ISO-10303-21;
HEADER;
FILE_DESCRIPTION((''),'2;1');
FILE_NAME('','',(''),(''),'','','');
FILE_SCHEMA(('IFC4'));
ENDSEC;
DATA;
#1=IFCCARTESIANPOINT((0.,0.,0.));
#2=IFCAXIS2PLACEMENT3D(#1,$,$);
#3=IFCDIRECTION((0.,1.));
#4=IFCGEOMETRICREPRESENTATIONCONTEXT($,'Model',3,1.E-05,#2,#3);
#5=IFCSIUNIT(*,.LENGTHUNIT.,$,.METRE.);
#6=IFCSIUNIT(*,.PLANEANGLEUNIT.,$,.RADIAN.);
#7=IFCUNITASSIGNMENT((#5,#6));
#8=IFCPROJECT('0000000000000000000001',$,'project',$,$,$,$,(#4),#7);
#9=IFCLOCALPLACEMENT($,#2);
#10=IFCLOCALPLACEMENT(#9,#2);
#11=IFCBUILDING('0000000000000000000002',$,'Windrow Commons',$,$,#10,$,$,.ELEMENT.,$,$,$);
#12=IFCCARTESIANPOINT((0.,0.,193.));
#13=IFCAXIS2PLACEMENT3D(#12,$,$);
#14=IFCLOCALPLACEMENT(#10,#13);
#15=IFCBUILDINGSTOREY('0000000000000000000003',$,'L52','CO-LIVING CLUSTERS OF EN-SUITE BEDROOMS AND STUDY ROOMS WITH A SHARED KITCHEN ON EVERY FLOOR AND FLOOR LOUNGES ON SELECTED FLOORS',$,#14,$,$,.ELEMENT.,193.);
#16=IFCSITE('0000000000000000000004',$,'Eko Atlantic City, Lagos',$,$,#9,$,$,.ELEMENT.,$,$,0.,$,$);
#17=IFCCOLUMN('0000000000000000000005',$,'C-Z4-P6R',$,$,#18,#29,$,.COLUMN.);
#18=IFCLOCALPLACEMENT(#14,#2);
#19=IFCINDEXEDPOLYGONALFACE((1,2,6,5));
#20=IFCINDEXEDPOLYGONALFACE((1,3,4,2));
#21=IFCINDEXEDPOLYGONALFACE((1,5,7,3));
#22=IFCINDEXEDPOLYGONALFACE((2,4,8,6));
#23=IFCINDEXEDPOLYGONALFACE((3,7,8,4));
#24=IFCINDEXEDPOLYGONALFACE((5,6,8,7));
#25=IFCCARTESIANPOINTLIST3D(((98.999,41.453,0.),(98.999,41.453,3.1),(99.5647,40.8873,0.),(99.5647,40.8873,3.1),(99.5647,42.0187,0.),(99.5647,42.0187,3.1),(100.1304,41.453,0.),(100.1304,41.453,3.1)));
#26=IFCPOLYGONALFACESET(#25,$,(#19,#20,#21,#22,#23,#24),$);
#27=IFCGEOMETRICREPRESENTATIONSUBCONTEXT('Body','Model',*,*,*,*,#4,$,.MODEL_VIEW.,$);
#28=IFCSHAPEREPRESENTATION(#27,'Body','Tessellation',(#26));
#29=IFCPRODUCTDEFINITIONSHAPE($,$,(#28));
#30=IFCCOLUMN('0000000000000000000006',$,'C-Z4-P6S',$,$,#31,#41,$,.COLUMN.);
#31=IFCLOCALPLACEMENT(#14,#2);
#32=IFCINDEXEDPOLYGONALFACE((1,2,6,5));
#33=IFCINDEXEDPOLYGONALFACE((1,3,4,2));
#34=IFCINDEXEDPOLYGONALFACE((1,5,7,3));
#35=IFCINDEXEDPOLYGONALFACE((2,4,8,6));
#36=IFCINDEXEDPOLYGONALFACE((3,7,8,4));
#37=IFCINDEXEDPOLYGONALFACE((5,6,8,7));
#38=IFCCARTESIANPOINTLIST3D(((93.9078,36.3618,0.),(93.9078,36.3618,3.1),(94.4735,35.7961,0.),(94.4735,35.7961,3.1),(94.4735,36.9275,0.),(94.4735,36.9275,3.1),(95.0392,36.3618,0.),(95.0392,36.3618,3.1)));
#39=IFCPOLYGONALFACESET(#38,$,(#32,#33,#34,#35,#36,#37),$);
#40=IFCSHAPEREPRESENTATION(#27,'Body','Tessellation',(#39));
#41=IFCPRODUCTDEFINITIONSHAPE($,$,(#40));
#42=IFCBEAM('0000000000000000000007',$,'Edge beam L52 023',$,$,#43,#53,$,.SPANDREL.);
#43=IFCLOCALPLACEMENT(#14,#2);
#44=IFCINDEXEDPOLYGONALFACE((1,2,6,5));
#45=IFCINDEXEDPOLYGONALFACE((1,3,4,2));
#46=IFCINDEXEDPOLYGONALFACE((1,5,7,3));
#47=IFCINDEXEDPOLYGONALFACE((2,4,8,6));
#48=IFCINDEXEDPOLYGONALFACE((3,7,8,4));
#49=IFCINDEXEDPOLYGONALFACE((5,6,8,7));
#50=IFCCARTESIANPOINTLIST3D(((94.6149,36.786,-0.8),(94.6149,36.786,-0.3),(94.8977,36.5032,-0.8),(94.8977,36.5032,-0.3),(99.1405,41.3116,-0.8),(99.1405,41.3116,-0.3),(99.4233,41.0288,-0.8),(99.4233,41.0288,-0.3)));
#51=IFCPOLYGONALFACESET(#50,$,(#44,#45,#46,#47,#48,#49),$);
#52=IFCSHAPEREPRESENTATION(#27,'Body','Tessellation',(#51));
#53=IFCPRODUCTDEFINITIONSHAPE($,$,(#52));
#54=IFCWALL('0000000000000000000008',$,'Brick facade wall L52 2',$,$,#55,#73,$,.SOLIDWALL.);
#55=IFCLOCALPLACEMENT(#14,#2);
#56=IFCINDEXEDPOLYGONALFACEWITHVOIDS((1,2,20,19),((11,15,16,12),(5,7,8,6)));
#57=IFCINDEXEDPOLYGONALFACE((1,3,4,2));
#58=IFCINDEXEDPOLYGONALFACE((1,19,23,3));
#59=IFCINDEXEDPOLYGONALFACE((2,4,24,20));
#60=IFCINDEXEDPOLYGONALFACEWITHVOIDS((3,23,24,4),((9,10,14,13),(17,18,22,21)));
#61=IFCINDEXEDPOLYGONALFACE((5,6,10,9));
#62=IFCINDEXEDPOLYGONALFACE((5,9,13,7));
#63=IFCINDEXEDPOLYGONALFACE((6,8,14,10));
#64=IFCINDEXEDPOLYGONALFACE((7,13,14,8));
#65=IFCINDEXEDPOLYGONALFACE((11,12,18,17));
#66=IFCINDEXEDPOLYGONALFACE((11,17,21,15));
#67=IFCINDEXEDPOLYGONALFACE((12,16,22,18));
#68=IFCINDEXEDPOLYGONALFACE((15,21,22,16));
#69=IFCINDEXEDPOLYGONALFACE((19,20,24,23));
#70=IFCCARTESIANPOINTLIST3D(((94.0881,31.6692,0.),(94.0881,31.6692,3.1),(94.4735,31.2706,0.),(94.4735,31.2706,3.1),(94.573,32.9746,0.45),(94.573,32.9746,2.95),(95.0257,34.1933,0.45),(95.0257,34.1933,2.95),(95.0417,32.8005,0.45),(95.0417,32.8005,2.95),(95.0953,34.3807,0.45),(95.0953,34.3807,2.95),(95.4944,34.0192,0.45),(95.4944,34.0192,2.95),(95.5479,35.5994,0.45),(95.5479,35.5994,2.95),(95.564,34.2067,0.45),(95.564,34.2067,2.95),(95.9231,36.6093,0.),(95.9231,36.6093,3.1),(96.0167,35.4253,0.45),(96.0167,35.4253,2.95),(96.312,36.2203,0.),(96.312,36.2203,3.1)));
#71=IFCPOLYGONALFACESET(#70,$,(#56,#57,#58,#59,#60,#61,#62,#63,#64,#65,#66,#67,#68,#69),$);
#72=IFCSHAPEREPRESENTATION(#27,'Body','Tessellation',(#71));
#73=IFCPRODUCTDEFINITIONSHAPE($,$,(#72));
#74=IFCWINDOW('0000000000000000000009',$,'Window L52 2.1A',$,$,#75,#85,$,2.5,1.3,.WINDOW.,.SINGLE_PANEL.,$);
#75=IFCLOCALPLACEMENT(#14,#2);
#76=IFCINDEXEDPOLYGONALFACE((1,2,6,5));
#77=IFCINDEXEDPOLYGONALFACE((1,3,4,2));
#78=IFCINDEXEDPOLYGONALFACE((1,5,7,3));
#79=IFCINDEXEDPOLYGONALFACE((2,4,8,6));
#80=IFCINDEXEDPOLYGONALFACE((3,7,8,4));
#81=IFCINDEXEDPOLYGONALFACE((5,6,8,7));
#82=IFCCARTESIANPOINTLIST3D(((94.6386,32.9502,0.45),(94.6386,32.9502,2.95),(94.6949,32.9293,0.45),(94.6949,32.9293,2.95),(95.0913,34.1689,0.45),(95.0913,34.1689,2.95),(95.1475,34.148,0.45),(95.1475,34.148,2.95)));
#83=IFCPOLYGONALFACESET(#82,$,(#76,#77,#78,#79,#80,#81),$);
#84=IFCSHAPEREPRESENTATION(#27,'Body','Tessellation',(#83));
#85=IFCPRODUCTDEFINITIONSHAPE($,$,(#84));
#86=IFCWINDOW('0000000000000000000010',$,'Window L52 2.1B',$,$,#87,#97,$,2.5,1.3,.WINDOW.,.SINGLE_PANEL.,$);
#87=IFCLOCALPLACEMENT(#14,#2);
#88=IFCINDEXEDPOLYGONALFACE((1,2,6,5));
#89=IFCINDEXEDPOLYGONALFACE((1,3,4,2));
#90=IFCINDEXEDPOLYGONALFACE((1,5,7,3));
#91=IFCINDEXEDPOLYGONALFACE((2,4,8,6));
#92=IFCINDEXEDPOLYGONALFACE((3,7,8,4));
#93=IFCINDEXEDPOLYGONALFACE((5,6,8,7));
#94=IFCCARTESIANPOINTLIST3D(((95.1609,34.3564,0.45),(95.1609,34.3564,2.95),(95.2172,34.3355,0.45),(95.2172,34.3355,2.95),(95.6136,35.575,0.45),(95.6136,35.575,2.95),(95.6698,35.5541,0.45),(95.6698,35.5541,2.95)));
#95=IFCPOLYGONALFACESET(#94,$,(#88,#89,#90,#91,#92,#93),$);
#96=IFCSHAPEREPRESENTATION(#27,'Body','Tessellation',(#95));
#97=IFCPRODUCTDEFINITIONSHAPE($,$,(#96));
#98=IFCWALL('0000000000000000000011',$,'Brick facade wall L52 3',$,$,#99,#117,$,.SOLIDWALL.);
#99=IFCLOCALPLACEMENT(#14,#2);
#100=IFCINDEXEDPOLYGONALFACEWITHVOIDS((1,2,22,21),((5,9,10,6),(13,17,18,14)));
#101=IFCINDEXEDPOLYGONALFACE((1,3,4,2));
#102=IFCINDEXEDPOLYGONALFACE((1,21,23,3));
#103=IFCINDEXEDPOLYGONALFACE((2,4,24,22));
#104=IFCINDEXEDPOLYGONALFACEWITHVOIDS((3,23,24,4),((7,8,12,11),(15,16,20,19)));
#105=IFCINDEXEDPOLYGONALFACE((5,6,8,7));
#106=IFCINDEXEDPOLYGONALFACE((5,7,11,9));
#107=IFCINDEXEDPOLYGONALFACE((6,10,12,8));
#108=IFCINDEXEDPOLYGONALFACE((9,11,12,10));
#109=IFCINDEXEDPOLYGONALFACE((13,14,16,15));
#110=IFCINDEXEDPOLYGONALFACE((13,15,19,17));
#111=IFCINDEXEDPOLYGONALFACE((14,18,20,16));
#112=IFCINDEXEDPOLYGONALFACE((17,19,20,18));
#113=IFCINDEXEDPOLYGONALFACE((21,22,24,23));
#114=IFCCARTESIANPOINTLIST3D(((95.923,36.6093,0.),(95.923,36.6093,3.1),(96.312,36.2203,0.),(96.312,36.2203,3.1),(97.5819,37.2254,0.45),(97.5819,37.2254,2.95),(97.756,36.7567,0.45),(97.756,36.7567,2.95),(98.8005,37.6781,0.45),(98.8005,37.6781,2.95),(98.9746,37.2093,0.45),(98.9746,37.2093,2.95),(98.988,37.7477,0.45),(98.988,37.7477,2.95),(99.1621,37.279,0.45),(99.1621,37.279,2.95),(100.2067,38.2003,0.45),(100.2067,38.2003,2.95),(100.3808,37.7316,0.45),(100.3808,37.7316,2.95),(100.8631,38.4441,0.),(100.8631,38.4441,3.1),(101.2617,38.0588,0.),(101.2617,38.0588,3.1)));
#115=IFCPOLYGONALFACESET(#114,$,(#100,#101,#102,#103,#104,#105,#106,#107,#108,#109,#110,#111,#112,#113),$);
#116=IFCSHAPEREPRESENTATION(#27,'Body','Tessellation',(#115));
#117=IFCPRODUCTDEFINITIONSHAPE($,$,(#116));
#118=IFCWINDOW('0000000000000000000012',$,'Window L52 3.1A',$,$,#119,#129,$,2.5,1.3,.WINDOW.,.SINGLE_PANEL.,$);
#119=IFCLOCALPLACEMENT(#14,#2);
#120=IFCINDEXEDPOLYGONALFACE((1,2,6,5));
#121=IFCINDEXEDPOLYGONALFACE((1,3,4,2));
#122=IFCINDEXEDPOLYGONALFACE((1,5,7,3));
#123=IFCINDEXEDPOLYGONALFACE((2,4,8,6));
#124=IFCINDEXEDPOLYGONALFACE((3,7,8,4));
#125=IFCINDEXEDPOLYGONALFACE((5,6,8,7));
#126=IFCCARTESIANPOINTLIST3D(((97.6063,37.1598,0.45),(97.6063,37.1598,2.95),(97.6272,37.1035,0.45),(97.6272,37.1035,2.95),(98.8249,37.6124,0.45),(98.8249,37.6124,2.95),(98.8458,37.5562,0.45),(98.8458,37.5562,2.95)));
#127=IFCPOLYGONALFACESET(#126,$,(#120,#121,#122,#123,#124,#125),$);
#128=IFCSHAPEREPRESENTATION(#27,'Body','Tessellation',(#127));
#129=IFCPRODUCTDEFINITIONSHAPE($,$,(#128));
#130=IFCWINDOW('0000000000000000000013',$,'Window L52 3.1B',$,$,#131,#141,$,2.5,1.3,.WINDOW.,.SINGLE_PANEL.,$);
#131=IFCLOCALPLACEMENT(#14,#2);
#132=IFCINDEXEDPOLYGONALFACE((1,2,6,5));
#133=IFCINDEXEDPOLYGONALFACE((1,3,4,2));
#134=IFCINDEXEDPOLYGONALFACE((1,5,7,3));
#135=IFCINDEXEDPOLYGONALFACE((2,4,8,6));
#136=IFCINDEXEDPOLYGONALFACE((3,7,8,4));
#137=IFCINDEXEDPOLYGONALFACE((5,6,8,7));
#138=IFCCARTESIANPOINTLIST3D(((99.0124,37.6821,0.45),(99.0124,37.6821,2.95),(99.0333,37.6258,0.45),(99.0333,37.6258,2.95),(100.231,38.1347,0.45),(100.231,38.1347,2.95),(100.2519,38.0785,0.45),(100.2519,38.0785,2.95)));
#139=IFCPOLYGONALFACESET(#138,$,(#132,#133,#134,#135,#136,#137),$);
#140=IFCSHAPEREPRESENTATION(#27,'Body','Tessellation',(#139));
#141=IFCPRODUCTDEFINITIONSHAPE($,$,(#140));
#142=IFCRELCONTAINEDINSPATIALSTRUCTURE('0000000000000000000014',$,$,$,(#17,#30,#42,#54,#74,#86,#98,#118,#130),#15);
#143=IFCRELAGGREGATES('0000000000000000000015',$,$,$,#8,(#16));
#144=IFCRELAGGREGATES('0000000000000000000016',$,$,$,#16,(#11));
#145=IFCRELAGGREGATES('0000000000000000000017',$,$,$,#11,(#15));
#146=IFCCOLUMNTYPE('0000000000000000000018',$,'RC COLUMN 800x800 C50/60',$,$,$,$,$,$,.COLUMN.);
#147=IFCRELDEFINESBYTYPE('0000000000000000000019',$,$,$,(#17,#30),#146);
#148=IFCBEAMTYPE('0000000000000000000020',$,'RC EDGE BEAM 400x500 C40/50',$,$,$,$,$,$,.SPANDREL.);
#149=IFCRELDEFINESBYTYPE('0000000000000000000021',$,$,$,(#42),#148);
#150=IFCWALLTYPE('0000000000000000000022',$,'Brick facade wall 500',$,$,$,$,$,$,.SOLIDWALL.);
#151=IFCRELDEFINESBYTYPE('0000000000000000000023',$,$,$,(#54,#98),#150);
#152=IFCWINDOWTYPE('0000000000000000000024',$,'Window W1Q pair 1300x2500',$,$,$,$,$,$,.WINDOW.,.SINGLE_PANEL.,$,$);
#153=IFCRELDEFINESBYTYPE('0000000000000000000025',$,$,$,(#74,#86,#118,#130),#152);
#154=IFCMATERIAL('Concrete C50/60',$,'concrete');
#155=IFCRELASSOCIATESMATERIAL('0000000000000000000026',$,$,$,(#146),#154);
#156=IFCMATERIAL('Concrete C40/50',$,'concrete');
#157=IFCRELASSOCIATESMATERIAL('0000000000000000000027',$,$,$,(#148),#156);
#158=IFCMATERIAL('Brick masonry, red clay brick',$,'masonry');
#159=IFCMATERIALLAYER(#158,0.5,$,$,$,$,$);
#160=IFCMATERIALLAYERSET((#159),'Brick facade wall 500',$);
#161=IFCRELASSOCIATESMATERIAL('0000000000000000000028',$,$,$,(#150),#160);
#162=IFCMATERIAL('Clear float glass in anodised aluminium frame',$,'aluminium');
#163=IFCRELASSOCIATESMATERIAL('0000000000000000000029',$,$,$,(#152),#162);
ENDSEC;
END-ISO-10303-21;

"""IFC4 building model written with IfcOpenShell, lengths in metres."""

from ifc_helpers import new_model, si_unit, direction, frame, frame_2d, origin, origin_2d, place, context, subcontext, project, spatial, polyline, rectangle, outline, extrude, material, layer, layer_set, material_profile, profile_set, type_object, element, fill, save


model = new_model("IFC4")

# Units and contexts
model_context = context("Model", 3, precision=1e-05, world=origin(), true_north=direction((0.0, 1.0)))
body_context = subcontext(model_context, "Body", "Model", "MODEL_VIEW")
ifc_project = project(units=[si_unit("LENGTHUNIT", "METRE"), si_unit("PLANEANGLEUNIT", "RADIAN")], contexts=[model_context])

# Site, building, storey
site_placement = place(None, origin())
site = spatial("IfcSite", under=ifc_project, at=site_placement, Name="Eko Atlantic City, Lagos", CompositionType="ELEMENT", RefElevation=0.0)
building_placement = place(site_placement, origin())
building = spatial("IfcBuilding", under=site, at=building_placement, Name="Windrow Commons", CompositionType="ELEMENT")
storey_placement = place(building_placement, frame((0.0, 0.0, 193.0)))
storey = spatial("IfcBuildingStorey", under=building, at=storey_placement, Name="L52", Description="CO-LIVING CLUSTERS OF EN-SUITE BEDROOMS AND STUDY ROOMS WITH A SHARED KITCHEN ON EVERY FLOOR AND FLOOR LOUNGES ON SELECTED FLOORS", CompositionType="ELEMENT", Elevation=193.0)

# Columns
ifc_material_1 = material(Name="Concrete C50/60", Category="concrete")
ifc_material_profile_1 = material_profile(ifc_material_1, rectangle(XDim=0.8, YDim=0.8, at=origin_2d()))
ifc_profile_set_1 = profile_set([ifc_material_profile_1], Name="Concrete C50/60")
column_type = type_object("IfcColumnType", Name="RC COLUMN 800x800 C50/60", PredefinedType="COLUMN", material=ifc_profile_set_1)
for number, where, z_axis, x_axis, name in (
    (1, (99.5647, 41.453, 0.0), (0.0, 0.0, 1.0), (0.707107, -0.707107, 0.0), "C-Z4-P6R"),
    (2, (94.4735, 36.3618, 0.0), (0.0, 0.0, 1.0), (0.707107, -0.707107, 0.0), "C-Z4-P6S"),
):
    element("IfcColumn", number, at=place(storey_placement, frame(where, z_axis=z_axis, x_axis=x_axis)), inside=storey, type_object=column_type, Name=name, PredefinedType="COLUMN", context=body_context, shape_type="SweptSolid", body=[
        extrude(rectangle(XDim=0.8, YDim=0.8, at=origin_2d()), origin(), (0.0, 0.0, 1.0), 3.1),
    ])

# Beam
ifc_material_2 = material(Name="Concrete C40/50", Category="concrete")
ifc_material_profile_2 = material_profile(ifc_material_2, rectangle(XDim=0.4, YDim=0.5, at=origin_2d()))
ifc_profile_set_2 = profile_set([ifc_material_profile_2], Name="Concrete C40/50")
beam_type = type_object("IfcBeamType", Name="RC EDGE BEAM 400x500 C40/50", PredefinedType="SPANDREL", material=ifc_profile_set_2)
beam_placement = place(storey_placement, frame((99.2819, 41.1702, -0.55), z_axis=(-0.707107, -0.707107, 0.0), x_axis=(0.707107, -0.707107, 0.0)))
element("IfcBeam", 3, at=beam_placement, inside=storey, type_object=beam_type, Name="Edge beam L52 023", PredefinedType="SPANDREL", context=body_context, shape_type="SweptSolid", body=[
    extrude(rectangle(XDim=0.4, YDim=0.5, at=origin_2d()), origin(), (0.0, 0.0, 1.0), 6.4002),
])

# Walls, openings, windows
ifc_material_3 = material(Name="Brick masonry, red clay brick", Category="masonry")
ifc_layer_1 = layer(ifc_material_3, 0.5)
ifc_layer_set_1 = layer_set([ifc_layer_1], Name="Brick facade wall 500")
wall_type_1 = type_object("IfcWallType", Name="Brick facade wall 500", PredefinedType="SOLIDWALL", material=ifc_layer_set_1)
wall_1_placement = place(storey_placement, frame((94.2808, 31.4699, 0.0), z_axis=(0.0, 0.0, 1.0), x_axis=(0.34819, 0.937424, 0.0)))
wall_1 = element("IfcWall", 4, at=wall_1_placement, inside=storey, type_object=wall_type_1, Name="Brick facade wall L52 2", PredefinedType="SOLIDWALL", context=body_context, shape_type="SweptSolid", body=[
    extrude(outline(polyline([(-0.1197, -0.25), (5.1604, -0.25), (5.3896, 0.25), (0.1197, 0.25), (-0.1197, -0.25)])), origin(), (0.0, 0.0, 1.0), 3.1),
])
opening_1_placement = place(wall_1_placement, frame((1.5123, 0.0, 0.45)))
opening_1 = element("IfcOpeningElement", 5, at=opening_1_placement, cuts=wall_1, PredefinedType="OPENING", context=body_context, shape_type="SweptSolid", body=[
    extrude(rectangle(XDim=1.3, YDim=2.5, at=frame_2d((0.65, 1.25))), frame((0.0, 0.26, 0.0), z_axis=(0.0, -1.0, 0.0), x_axis=(1.0, 0.0, 0.0)), (0.0, 0.0, 1.0), 0.52),
])
opening_2_placement = place(wall_1_placement, frame((3.0123, 0.0, 0.45)))
opening_2 = element("IfcOpeningElement", 6, at=opening_2_placement, cuts=wall_1, PredefinedType="OPENING", context=body_context, shape_type="SweptSolid", body=[
    extrude(rectangle(XDim=1.3, YDim=2.5, at=frame_2d((0.65, 1.25))), frame((0.0, 0.26, 0.0), z_axis=(0.0, -1.0, 0.0), x_axis=(1.0, 0.0, 0.0)), (0.0, 0.0, 1.0), 0.52),
])
ifc_material_4 = material(Name="Clear float glass in anodised aluminium frame", Category="aluminium")
window_type = type_object("IfcWindowType", Name="Window W1Q pair 1300x2500", PartitioningType="SINGLE_PANEL", PredefinedType="WINDOW", material=ifc_material_4)
window_1_placement = place(opening_1_placement, origin())
window_1 = element("IfcWindow", 7, at=window_1_placement, inside=storey, type_object=window_type, Name="Window L52 2.1A", OverallHeight=2.5, OverallWidth=1.3, PartitioningType="SINGLE_PANEL", PredefinedType="WINDOW", context=body_context, shape_type="SweptSolid", body=[
    extrude(rectangle(XDim=1.3, YDim=2.5, at=frame_2d((0.65, 1.25))), frame((0.0, 0.18, 0.0), z_axis=(0.0, -1.0, 0.0), x_axis=(1.0, 0.0, 0.0)), (0.0, 0.0, 1.0), 0.06),
])
fill(opening_1, window_1)
window_2_placement = place(opening_2_placement, origin())
window_2 = element("IfcWindow", 8, at=window_2_placement, inside=storey, type_object=window_type, Name="Window L52 2.1B", OverallHeight=2.5, OverallWidth=1.3, PartitioningType="SINGLE_PANEL", PredefinedType="WINDOW", context=body_context, shape_type="SweptSolid", body=[
    extrude(rectangle(XDim=1.3, YDim=2.5, at=frame_2d((0.65, 1.25))), frame((0.0, 0.18, 0.0), z_axis=(0.0, -1.0, 0.0), x_axis=(1.0, 0.0, 0.0)), (0.0, 0.0, 1.0), 0.06),
])
fill(opening_2, window_2)
wall_2_placement = place(storey_placement, frame((96.1175, 36.4148, 0.0), z_axis=(0.0, 0.0, 1.0), x_axis=(0.937424, 0.34819, 0.0)))
wall_2 = element("IfcWall", 9, at=wall_2_placement, inside=storey, type_object=wall_type_1, Name="Brick facade wall L52 3", PredefinedType="SOLIDWALL", context=body_context, shape_type="SweptSolid", body=[
    extrude(outline(polyline([(0.1146, -0.25), (5.3947, -0.25), (5.1552, 0.25), (-0.1146, 0.25), (0.1146, -0.25)])), origin(), (0.0, 0.0, 1.0), 3.1),
])
opening_3_placement = place(wall_2_placement, frame((1.655, 0.0, 0.45)))
opening_3 = element("IfcOpeningElement", 10, at=opening_3_placement, cuts=wall_2, PredefinedType="OPENING", context=body_context, shape_type="SweptSolid", body=[
    extrude(rectangle(XDim=1.3, YDim=2.5, at=frame_2d((0.65, 1.25))), frame((0.0, 0.26, 0.0), z_axis=(0.0, -1.0, 0.0), x_axis=(1.0, 0.0, 0.0)), (0.0, 0.0, 1.0), 0.52),
])
opening_4_placement = place(wall_2_placement, frame((3.155, 0.0, 0.45)))
opening_4 = element("IfcOpeningElement", 11, at=opening_4_placement, cuts=wall_2, PredefinedType="OPENING", context=body_context, shape_type="SweptSolid", body=[
    extrude(rectangle(XDim=1.3, YDim=2.5, at=frame_2d((0.65, 1.25))), frame((0.0, 0.26, 0.0), z_axis=(0.0, -1.0, 0.0), x_axis=(1.0, 0.0, 0.0)), (0.0, 0.0, 1.0), 0.52),
])
window_3_placement = place(opening_3_placement, origin())
window_3 = element("IfcWindow", 12, at=window_3_placement, inside=storey, type_object=window_type, Name="Window L52 3.1A", OverallHeight=2.5, OverallWidth=1.3, PartitioningType="SINGLE_PANEL", PredefinedType="WINDOW", context=body_context, shape_type="SweptSolid", body=[
    extrude(rectangle(XDim=1.3, YDim=2.5, at=frame_2d((0.65, 1.25))), frame((0.0, 0.18, 0.0), z_axis=(0.0, -1.0, 0.0), x_axis=(1.0, 0.0, 0.0)), (0.0, 0.0, 1.0), 0.06),
])
fill(opening_3, window_3)
window_4_placement = place(opening_4_placement, origin())
window_4 = element("IfcWindow", 13, at=window_4_placement, inside=storey, type_object=window_type, Name="Window L52 3.1B", OverallHeight=2.5, OverallWidth=1.3, PartitioningType="SINGLE_PANEL", PredefinedType="WINDOW", context=body_context, shape_type="SweptSolid", body=[
    extrude(rectangle(XDim=1.3, YDim=2.5, at=frame_2d((0.65, 1.25))), frame((0.0, 0.18, 0.0), z_axis=(0.0, -1.0, 0.0), x_axis=(1.0, 0.0, 0.0)), (0.0, 0.0, 1.0), 0.06),
])
fill(opening_4, window_4)

save(model, "model.ifc")
